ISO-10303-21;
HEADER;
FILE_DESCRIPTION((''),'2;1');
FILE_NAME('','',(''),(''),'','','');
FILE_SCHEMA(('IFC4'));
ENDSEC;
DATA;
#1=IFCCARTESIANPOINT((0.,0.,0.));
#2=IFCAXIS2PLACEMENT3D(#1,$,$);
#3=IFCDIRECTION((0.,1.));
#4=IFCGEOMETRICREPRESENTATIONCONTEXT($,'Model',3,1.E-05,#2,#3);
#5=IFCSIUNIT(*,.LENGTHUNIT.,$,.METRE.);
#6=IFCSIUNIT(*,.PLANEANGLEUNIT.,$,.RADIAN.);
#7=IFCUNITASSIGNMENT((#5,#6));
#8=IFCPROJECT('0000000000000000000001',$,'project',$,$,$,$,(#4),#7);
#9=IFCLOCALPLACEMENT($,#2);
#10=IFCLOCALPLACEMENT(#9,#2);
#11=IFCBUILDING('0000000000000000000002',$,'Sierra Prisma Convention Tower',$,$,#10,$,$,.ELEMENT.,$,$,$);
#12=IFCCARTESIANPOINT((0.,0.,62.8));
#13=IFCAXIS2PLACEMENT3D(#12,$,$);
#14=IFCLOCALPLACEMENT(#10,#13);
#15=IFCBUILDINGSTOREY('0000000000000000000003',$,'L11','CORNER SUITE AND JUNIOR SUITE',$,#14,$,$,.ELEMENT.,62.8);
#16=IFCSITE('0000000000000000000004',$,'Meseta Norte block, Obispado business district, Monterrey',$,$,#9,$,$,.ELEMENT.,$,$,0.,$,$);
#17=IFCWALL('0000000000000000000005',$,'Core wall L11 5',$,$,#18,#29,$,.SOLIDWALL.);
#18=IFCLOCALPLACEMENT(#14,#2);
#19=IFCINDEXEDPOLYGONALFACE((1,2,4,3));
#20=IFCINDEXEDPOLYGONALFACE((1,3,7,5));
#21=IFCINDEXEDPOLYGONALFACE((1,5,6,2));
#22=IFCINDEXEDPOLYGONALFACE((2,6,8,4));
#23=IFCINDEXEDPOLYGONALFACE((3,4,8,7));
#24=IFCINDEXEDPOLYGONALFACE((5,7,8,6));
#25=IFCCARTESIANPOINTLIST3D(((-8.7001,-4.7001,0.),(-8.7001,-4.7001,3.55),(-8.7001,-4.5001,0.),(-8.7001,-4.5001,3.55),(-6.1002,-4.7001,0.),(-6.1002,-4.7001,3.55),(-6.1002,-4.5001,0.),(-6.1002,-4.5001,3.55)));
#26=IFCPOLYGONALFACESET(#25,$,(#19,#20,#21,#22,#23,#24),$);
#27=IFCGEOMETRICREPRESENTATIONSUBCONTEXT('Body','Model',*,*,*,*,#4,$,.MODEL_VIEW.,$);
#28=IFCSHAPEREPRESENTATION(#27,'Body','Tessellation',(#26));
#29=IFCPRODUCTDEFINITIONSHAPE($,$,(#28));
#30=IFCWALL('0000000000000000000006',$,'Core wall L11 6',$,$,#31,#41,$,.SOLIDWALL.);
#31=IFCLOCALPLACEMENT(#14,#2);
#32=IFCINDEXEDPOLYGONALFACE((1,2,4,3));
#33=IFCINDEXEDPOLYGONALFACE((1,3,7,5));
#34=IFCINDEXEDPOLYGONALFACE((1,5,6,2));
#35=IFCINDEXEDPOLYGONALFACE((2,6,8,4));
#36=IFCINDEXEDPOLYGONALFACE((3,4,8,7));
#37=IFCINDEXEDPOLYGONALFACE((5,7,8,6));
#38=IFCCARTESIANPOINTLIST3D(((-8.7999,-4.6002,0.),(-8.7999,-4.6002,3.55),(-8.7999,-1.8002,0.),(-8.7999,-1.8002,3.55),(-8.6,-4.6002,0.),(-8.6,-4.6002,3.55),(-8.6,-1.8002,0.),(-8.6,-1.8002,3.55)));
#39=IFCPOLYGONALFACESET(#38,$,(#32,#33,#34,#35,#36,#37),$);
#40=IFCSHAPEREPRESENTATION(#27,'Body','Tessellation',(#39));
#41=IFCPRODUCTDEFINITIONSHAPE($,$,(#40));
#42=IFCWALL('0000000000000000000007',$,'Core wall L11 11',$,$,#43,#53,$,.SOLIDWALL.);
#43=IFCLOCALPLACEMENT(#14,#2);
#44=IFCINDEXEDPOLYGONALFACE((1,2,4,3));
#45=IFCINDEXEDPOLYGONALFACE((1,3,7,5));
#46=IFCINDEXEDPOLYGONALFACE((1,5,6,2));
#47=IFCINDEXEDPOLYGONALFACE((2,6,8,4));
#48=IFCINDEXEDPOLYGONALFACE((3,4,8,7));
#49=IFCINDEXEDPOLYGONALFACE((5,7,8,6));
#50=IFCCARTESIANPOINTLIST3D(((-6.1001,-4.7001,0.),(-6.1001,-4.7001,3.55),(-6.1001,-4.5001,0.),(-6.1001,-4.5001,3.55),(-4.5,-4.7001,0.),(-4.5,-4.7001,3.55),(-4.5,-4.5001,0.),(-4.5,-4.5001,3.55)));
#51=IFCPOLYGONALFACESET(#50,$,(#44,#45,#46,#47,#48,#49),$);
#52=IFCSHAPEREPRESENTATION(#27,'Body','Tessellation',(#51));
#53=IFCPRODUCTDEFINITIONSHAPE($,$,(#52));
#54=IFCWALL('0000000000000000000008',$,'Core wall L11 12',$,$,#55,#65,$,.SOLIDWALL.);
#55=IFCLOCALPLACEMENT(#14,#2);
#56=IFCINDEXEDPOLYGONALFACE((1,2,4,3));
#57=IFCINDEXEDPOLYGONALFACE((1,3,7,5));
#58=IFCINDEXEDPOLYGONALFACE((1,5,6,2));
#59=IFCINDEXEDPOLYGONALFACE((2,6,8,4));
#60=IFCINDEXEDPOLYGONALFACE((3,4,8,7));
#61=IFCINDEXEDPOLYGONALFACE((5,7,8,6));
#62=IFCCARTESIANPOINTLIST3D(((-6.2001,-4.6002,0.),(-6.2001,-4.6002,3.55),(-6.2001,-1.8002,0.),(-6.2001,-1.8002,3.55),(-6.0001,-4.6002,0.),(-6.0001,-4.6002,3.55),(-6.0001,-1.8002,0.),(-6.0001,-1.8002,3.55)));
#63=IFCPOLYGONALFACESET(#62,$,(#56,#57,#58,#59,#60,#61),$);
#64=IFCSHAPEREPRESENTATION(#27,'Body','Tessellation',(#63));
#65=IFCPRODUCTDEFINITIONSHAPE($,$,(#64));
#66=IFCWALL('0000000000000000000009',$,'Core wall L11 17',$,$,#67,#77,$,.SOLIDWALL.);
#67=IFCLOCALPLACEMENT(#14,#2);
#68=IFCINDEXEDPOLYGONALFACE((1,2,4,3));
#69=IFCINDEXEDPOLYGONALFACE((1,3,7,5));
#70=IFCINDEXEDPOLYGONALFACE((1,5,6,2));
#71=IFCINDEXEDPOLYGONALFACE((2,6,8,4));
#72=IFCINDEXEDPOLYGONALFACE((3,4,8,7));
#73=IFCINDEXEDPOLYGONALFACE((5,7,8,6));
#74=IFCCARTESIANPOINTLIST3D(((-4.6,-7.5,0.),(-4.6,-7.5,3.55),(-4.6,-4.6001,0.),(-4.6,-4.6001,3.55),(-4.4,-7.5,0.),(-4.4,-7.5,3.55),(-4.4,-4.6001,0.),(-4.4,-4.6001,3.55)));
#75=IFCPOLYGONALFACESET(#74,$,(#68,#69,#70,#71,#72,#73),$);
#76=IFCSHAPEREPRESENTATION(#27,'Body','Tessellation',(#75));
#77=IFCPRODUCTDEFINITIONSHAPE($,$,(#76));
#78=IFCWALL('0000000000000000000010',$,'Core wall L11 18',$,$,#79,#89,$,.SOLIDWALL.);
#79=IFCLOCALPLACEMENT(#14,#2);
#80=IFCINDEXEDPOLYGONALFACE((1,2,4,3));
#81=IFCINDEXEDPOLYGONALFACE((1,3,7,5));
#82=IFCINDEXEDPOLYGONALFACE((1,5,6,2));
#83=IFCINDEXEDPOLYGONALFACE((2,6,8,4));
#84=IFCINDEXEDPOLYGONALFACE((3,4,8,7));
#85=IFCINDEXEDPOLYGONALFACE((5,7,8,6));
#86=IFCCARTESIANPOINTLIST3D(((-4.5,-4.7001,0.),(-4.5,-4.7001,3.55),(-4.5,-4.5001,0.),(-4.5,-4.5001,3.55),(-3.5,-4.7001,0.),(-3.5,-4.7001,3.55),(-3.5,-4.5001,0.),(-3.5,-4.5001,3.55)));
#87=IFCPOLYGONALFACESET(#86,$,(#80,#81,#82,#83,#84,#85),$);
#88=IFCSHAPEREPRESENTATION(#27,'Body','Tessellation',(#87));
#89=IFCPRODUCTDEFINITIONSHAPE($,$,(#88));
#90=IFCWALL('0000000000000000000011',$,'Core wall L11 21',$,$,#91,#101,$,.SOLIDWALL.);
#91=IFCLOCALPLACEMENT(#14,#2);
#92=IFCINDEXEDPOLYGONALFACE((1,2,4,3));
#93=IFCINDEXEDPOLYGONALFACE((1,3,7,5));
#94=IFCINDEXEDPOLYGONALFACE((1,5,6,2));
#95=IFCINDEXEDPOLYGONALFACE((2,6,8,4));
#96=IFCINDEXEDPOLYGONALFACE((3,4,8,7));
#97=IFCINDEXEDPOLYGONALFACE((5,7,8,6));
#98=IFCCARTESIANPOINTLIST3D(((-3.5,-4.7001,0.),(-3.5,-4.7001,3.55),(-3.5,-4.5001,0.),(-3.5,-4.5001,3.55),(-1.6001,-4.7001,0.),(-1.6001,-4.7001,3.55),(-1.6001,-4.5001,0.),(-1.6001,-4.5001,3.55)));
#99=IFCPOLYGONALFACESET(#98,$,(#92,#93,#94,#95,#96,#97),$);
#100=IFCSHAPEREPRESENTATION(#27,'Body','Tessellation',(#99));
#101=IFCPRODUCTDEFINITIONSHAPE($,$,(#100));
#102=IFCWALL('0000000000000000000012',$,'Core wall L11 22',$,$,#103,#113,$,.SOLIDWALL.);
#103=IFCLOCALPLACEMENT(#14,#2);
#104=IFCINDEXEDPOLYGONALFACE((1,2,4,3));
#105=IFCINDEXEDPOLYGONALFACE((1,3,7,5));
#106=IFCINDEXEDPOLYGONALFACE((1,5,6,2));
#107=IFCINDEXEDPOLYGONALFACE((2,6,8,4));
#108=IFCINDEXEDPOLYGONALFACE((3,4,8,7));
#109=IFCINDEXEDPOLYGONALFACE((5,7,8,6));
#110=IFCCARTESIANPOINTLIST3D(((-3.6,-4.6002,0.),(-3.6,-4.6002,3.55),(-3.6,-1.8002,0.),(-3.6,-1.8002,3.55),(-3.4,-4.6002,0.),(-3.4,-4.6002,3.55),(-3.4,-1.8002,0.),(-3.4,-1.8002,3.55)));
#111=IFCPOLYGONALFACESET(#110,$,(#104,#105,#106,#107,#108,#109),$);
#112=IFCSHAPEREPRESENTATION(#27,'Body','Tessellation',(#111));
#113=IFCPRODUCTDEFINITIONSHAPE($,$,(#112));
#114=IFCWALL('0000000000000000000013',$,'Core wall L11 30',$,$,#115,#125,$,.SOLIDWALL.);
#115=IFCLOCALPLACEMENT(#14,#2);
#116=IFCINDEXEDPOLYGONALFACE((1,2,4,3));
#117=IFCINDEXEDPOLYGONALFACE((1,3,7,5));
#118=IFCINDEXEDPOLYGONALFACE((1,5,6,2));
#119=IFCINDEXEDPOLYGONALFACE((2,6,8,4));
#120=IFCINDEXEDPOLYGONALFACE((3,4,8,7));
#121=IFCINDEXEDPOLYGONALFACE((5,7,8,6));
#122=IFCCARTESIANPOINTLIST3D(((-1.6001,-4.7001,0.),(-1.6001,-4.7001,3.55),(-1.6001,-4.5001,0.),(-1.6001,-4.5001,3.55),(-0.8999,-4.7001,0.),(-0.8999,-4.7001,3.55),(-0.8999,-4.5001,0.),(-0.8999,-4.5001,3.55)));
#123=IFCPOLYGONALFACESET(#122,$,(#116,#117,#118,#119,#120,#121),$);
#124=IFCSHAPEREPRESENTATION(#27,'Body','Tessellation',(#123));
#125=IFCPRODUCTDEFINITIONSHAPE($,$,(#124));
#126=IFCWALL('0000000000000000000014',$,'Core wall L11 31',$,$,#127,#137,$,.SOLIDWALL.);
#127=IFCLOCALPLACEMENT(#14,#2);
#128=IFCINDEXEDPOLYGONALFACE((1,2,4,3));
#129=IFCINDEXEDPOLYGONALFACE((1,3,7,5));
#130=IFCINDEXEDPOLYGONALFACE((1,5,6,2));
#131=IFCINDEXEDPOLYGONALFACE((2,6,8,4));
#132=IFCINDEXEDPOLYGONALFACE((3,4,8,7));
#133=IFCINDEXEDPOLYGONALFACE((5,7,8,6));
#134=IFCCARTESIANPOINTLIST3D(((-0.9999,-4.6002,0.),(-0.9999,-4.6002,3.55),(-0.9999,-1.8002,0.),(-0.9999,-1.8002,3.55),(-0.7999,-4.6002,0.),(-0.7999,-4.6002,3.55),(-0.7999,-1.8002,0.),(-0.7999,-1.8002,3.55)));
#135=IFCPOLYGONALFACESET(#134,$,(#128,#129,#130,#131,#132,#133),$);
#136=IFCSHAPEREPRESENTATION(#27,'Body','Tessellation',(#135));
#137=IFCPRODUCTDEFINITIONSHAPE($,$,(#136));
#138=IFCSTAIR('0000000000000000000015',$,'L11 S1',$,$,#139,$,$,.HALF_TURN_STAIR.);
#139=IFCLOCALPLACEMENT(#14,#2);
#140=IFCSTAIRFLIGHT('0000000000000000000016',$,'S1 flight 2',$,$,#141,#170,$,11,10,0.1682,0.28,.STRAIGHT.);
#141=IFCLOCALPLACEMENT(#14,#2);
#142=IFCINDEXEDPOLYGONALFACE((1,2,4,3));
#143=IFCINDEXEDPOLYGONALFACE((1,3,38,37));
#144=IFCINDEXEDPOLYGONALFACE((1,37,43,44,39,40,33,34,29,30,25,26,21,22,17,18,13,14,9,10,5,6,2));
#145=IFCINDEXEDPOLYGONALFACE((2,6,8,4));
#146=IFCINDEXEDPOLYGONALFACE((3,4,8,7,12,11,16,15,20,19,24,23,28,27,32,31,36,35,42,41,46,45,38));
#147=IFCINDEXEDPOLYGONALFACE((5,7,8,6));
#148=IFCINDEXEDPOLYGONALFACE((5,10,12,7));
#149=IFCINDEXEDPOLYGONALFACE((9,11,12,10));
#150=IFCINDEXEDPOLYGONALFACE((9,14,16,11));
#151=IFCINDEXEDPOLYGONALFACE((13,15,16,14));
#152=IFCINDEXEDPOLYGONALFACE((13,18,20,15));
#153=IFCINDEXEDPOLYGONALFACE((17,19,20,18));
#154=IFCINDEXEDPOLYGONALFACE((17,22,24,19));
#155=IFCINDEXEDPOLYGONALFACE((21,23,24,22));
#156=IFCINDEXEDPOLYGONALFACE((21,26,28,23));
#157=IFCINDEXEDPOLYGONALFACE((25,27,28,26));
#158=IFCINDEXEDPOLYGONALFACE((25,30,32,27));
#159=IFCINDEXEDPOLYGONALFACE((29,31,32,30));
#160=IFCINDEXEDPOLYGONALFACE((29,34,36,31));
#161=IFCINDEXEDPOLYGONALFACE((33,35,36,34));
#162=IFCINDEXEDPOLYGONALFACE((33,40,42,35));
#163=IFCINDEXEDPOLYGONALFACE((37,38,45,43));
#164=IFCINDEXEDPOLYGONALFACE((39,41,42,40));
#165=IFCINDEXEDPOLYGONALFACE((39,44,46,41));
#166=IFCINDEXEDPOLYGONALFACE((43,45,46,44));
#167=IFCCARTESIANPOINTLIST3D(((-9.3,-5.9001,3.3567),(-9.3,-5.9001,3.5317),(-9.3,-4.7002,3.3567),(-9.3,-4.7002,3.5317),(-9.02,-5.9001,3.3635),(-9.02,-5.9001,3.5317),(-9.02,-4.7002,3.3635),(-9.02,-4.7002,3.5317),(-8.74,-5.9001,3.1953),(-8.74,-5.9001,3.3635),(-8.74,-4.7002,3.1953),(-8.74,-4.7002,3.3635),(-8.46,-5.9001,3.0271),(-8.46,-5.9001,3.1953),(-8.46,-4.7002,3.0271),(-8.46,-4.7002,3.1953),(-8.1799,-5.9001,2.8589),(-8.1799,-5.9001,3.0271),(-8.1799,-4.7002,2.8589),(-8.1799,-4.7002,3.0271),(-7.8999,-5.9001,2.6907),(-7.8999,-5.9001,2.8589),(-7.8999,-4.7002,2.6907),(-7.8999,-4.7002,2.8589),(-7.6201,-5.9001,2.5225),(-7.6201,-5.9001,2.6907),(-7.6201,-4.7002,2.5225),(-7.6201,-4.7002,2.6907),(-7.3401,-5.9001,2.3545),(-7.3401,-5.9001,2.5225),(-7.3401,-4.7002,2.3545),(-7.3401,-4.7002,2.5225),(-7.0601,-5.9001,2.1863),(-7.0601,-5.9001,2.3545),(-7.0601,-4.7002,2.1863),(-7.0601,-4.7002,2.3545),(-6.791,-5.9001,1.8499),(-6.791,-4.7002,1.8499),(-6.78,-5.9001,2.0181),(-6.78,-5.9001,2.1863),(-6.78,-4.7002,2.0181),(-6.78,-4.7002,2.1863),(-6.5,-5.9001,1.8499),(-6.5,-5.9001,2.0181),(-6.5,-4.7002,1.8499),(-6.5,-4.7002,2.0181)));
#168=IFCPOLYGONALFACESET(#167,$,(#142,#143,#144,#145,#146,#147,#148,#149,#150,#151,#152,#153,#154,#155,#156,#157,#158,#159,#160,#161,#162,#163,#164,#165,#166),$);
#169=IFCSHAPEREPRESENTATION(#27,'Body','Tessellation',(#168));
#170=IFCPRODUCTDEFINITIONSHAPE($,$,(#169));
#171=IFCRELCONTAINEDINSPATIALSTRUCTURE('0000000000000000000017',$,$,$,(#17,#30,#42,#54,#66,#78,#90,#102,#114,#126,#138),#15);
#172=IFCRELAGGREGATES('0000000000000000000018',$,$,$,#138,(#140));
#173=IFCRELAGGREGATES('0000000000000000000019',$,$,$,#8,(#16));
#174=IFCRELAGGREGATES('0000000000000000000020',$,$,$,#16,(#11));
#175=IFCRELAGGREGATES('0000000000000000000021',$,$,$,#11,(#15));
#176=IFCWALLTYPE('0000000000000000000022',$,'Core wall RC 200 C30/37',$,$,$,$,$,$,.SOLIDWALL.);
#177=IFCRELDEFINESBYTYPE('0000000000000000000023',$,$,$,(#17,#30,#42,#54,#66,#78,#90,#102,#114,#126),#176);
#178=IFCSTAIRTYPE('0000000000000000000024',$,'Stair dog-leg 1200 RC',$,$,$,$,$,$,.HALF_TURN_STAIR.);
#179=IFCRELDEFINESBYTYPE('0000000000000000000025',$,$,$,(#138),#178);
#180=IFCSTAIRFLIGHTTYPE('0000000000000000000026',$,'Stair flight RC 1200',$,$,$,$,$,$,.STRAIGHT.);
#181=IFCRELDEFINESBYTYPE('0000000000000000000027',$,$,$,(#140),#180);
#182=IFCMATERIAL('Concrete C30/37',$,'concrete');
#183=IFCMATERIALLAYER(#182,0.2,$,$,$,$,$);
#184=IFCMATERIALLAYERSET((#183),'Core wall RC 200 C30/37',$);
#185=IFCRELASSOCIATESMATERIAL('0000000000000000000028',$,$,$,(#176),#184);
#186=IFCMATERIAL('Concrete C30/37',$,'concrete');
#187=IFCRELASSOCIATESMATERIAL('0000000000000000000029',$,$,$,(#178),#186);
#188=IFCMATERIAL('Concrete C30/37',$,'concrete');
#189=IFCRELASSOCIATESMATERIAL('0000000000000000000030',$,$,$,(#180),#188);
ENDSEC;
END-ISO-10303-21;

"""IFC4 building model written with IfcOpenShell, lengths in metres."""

from ifc_helpers import new_model, si_unit, direction, frame, frame_2d, origin, place, context, subcontext, project, spatial, polyline, rectangle, outline, extrude, material, layer, layer_set, type_object, element, aggregate, save


model = new_model("IFC4")

# Units and contexts
model_context = context("Model", 3, precision=1e-05, world=origin(), true_north=direction((0.0, 1.0)))
body_context = subcontext(model_context, "Body", "Model", "MODEL_VIEW")
ifc_project = project(units=[si_unit("LENGTHUNIT", "METRE"), si_unit("PLANEANGLEUNIT", "RADIAN")], contexts=[model_context])

# Site, building, storey
site_placement = place(None, origin())
site = spatial("IfcSite", under=ifc_project, at=site_placement, Name="Meseta Norte block, Obispado business district, Monterrey", CompositionType="ELEMENT", RefElevation=0.0)
building_placement = place(site_placement, origin())
building = spatial("IfcBuilding", under=site, at=building_placement, Name="Sierra Prisma Convention Tower", CompositionType="ELEMENT")
storey_placement = place(building_placement, frame((0.0, 0.0, 62.8)))
storey = spatial("IfcBuildingStorey", under=building, at=storey_placement, Name="L11", Description="CORNER SUITE AND JUNIOR SUITE", CompositionType="ELEMENT", Elevation=62.8)

# Shared definitions
ifc_material_1 = material(Name="Concrete C30/37", Category="concrete")
ifc_layer = layer(ifc_material_1, 0.2)
ifc_layer_set = layer_set([ifc_layer], Name="Core wall RC 200 C30/37")
wall_type = type_object("IfcWallType", Name="Core wall RC 200 C30/37", PredefinedType="SOLIDWALL", material=ifc_layer_set)

# Walls
wall_1_placement = place(storey_placement, frame((-8.7, -4.6001, 0.0), z_axis=(0.0, 0.0, 1.0), x_axis=(1.0, 0.0, 0.0)))
element("IfcWall", 1, at=wall_1_placement, inside=storey, type_object=wall_type, Name="Core wall L11 5", PredefinedType="SOLIDWALL", context=body_context, shape_type="SweptSolid", body=[
    extrude(rectangle(XDim=2.5999, YDim=0.2, at=frame_2d((1.2998, 0.0))), origin(), (0.0, 0.0, 1.0), 3.55),
])
wall_2_placement = place(storey_placement, frame((-8.7, -4.6001, 0.0), z_axis=(0.0, 0.0, 1.0), x_axis=(0.0, 1.0, 0.0)))
element("IfcWall", 2, at=wall_2_placement, inside=storey, type_object=wall_type, Name="Core wall L11 6", PredefinedType="SOLIDWALL", context=body_context, shape_type="SweptSolid", body=[
    extrude(rectangle(XDim=2.8, YDim=0.2, at=frame_2d((1.3999, 0.0))), origin(), (0.0, 0.0, 1.0), 3.55),
])
wall_3_placement = place(storey_placement, frame((-6.1001, -4.6001, 0.0), z_axis=(0.0, 0.0, 1.0), x_axis=(1.0, 0.0, 0.0)))
element("IfcWall", 3, at=wall_3_placement, inside=storey, type_object=wall_type, Name="Core wall L11 11", PredefinedType="SOLIDWALL", context=body_context, shape_type="SweptSolid", body=[
    extrude(rectangle(XDim=1.6001, YDim=0.2, at=frame_2d((0.8, 0.0))), origin(), (0.0, 0.0, 1.0), 3.55),
])
wall_4_placement = place(storey_placement, frame((-6.1001, -4.6001, 0.0), z_axis=(0.0, 0.0, 1.0), x_axis=(0.0, 1.0, 0.0)))
element("IfcWall", 4, at=wall_4_placement, inside=storey, type_object=wall_type, Name="Core wall L11 12", PredefinedType="SOLIDWALL", context=body_context, shape_type="SweptSolid", body=[
    extrude(rectangle(XDim=2.8, YDim=0.2, at=frame_2d((1.3999, 0.0))), origin(), (0.0, 0.0, 1.0), 3.55),
])
wall_5_placement = place(storey_placement, frame((-4.5, -4.6001, 0.0), z_axis=(0.0, 0.0, 1.0), x_axis=(0.0, -1.0, 0.0)))
element("IfcWall", 5, at=wall_5_placement, inside=storey, type_object=wall_type, Name="Core wall L11 17", PredefinedType="SOLIDWALL", context=body_context, shape_type="SweptSolid", body=[
    extrude(rectangle(XDim=2.8999, YDim=0.2, at=frame_2d((1.45, 0.0))), origin(), (0.0, 0.0, 1.0), 3.55),
])
wall_6_placement = place(storey_placement, frame((-4.5, -4.6001, 0.0), z_axis=(0.0, 0.0, 1.0), x_axis=(1.0, 0.0, 0.0)))
element("IfcWall", 6, at=wall_6_placement, inside=storey, type_object=wall_type, Name="Core wall L11 18", PredefinedType="SOLIDWALL", context=body_context, shape_type="SweptSolid", body=[
    extrude(rectangle(XDim=1.0, YDim=0.2, at=frame_2d((0.5, 0.0))), origin(), (0.0, 0.0, 1.0), 3.55),
])
wall_7_placement = place(storey_placement, frame((-3.5, -4.6001, 0.0), z_axis=(0.0, 0.0, 1.0), x_axis=(1.0, 0.0, 0.0)))
element("IfcWall", 7, at=wall_7_placement, inside=storey, type_object=wall_type, Name="Core wall L11 21", PredefinedType="SOLIDWALL", context=body_context, shape_type="SweptSolid", body=[
    extrude(rectangle(XDim=1.8999, YDim=0.2, at=frame_2d((0.95, 0.0))), origin(), (0.0, 0.0, 1.0), 3.55),
])
wall_8_placement = place(storey_placement, frame((-3.5, -4.6001, 0.0), z_axis=(0.0, 0.0, 1.0), x_axis=(0.0, 1.0, 0.0)))
element("IfcWall", 8, at=wall_8_placement, inside=storey, type_object=wall_type, Name="Core wall L11 22", PredefinedType="SOLIDWALL", context=body_context, shape_type="SweptSolid", body=[
    extrude(rectangle(XDim=2.8, YDim=0.2, at=frame_2d((1.3999, 0.0))), origin(), (0.0, 0.0, 1.0), 3.55),
])
wall_9_placement = place(storey_placement, frame((-1.6001, -4.6001, 0.0), z_axis=(0.0, 0.0, 1.0), x_axis=(1.0, 0.0, 0.0)))
element("IfcWall", 9, at=wall_9_placement, inside=storey, type_object=wall_type, Name="Core wall L11 30", PredefinedType="SOLIDWALL", context=body_context, shape_type="SweptSolid", body=[
    extrude(rectangle(XDim=0.7002, YDim=0.2, at=frame_2d((0.3501, 0.0))), origin(), (0.0, 0.0, 1.0), 3.55),
])
wall_10_placement = place(storey_placement, frame((-0.8999, -4.6001, 0.0), z_axis=(0.0, 0.0, 1.0), x_axis=(0.0, 1.0, 0.0)))
element("IfcWall", 10, at=wall_10_placement, inside=storey, type_object=wall_type, Name="Core wall L11 31", PredefinedType="SOLIDWALL", context=body_context, shape_type="SweptSolid", body=[
    extrude(rectangle(XDim=2.8, YDim=0.2, at=frame_2d((1.3999, 0.0))), origin(), (0.0, 0.0, 1.0), 3.55),
])

# Stair, stair flight
ifc_material_2 = material(Name="Concrete C30/37", Category="concrete")
stair_type = type_object("IfcStairType", Name="Stair dog-leg 1200 RC", PredefinedType="HALF_TURN_STAIR", material=ifc_material_2)
stair_placement = place(storey_placement, origin())
stair = element("IfcStair", 11, at=stair_placement, inside=storey, type_object=stair_type, Name="L11 S1", PredefinedType="HALF_TURN_STAIR")
ifc_material_3 = material(Name="Concrete C30/37", Category="concrete")
stair_flight_type = type_object("IfcStairFlightType", Name="Stair flight RC 1200", PredefinedType="STRAIGHT", material=ifc_material_3)
stair_flight_placement = place(storey_placement, frame((-6.5, -5.3, 1.8499), z_axis=(0.0, 0.0, 1.0), x_axis=(-1.0, 0.0, 0.0)))
stair_flight = element("IfcStairFlight", 12, at=stair_flight_placement, type_object=stair_flight_type, Name="S1 flight 2", NumberOfRisers=11, NumberOfTreads=10, PredefinedType="STRAIGHT", RiserHeight=0.1682, TreadLength=0.28, context=body_context, shape_type="SweptSolid", body=[
    extrude(outline(polyline([(0.0, 0.0), (0.0, 0.1682), (0.28, 0.1682), (0.28, 0.3364), (0.5601, 0.3364), (0.5601, 0.5046), (0.8401, 0.5046), (0.8401, 0.6726), (1.1201, 0.6726), (1.1201, 0.8408), (1.3999, 0.8408), (1.3999, 1.009), (1.6799, 1.009), (1.6799, 1.1772), (1.96, 1.1772), (1.96, 1.3455), (2.24, 1.3455), (2.24, 1.5137), (2.52, 1.5137), (2.52, 1.6819), (2.8, 1.6819), (2.8, 1.8501), (2.8, 1.5068), (0.291, 0.0), (0.0, 0.0)])), frame((0.0, 0.6001, 0.0), z_axis=(0.0, -1.0, 0.0), x_axis=(1.0, 0.0, 0.0)), (0.0, 0.0, 1.0), 1.2),
])
aggregate(stair, [stair_flight])

save(model, "model.ifc")
